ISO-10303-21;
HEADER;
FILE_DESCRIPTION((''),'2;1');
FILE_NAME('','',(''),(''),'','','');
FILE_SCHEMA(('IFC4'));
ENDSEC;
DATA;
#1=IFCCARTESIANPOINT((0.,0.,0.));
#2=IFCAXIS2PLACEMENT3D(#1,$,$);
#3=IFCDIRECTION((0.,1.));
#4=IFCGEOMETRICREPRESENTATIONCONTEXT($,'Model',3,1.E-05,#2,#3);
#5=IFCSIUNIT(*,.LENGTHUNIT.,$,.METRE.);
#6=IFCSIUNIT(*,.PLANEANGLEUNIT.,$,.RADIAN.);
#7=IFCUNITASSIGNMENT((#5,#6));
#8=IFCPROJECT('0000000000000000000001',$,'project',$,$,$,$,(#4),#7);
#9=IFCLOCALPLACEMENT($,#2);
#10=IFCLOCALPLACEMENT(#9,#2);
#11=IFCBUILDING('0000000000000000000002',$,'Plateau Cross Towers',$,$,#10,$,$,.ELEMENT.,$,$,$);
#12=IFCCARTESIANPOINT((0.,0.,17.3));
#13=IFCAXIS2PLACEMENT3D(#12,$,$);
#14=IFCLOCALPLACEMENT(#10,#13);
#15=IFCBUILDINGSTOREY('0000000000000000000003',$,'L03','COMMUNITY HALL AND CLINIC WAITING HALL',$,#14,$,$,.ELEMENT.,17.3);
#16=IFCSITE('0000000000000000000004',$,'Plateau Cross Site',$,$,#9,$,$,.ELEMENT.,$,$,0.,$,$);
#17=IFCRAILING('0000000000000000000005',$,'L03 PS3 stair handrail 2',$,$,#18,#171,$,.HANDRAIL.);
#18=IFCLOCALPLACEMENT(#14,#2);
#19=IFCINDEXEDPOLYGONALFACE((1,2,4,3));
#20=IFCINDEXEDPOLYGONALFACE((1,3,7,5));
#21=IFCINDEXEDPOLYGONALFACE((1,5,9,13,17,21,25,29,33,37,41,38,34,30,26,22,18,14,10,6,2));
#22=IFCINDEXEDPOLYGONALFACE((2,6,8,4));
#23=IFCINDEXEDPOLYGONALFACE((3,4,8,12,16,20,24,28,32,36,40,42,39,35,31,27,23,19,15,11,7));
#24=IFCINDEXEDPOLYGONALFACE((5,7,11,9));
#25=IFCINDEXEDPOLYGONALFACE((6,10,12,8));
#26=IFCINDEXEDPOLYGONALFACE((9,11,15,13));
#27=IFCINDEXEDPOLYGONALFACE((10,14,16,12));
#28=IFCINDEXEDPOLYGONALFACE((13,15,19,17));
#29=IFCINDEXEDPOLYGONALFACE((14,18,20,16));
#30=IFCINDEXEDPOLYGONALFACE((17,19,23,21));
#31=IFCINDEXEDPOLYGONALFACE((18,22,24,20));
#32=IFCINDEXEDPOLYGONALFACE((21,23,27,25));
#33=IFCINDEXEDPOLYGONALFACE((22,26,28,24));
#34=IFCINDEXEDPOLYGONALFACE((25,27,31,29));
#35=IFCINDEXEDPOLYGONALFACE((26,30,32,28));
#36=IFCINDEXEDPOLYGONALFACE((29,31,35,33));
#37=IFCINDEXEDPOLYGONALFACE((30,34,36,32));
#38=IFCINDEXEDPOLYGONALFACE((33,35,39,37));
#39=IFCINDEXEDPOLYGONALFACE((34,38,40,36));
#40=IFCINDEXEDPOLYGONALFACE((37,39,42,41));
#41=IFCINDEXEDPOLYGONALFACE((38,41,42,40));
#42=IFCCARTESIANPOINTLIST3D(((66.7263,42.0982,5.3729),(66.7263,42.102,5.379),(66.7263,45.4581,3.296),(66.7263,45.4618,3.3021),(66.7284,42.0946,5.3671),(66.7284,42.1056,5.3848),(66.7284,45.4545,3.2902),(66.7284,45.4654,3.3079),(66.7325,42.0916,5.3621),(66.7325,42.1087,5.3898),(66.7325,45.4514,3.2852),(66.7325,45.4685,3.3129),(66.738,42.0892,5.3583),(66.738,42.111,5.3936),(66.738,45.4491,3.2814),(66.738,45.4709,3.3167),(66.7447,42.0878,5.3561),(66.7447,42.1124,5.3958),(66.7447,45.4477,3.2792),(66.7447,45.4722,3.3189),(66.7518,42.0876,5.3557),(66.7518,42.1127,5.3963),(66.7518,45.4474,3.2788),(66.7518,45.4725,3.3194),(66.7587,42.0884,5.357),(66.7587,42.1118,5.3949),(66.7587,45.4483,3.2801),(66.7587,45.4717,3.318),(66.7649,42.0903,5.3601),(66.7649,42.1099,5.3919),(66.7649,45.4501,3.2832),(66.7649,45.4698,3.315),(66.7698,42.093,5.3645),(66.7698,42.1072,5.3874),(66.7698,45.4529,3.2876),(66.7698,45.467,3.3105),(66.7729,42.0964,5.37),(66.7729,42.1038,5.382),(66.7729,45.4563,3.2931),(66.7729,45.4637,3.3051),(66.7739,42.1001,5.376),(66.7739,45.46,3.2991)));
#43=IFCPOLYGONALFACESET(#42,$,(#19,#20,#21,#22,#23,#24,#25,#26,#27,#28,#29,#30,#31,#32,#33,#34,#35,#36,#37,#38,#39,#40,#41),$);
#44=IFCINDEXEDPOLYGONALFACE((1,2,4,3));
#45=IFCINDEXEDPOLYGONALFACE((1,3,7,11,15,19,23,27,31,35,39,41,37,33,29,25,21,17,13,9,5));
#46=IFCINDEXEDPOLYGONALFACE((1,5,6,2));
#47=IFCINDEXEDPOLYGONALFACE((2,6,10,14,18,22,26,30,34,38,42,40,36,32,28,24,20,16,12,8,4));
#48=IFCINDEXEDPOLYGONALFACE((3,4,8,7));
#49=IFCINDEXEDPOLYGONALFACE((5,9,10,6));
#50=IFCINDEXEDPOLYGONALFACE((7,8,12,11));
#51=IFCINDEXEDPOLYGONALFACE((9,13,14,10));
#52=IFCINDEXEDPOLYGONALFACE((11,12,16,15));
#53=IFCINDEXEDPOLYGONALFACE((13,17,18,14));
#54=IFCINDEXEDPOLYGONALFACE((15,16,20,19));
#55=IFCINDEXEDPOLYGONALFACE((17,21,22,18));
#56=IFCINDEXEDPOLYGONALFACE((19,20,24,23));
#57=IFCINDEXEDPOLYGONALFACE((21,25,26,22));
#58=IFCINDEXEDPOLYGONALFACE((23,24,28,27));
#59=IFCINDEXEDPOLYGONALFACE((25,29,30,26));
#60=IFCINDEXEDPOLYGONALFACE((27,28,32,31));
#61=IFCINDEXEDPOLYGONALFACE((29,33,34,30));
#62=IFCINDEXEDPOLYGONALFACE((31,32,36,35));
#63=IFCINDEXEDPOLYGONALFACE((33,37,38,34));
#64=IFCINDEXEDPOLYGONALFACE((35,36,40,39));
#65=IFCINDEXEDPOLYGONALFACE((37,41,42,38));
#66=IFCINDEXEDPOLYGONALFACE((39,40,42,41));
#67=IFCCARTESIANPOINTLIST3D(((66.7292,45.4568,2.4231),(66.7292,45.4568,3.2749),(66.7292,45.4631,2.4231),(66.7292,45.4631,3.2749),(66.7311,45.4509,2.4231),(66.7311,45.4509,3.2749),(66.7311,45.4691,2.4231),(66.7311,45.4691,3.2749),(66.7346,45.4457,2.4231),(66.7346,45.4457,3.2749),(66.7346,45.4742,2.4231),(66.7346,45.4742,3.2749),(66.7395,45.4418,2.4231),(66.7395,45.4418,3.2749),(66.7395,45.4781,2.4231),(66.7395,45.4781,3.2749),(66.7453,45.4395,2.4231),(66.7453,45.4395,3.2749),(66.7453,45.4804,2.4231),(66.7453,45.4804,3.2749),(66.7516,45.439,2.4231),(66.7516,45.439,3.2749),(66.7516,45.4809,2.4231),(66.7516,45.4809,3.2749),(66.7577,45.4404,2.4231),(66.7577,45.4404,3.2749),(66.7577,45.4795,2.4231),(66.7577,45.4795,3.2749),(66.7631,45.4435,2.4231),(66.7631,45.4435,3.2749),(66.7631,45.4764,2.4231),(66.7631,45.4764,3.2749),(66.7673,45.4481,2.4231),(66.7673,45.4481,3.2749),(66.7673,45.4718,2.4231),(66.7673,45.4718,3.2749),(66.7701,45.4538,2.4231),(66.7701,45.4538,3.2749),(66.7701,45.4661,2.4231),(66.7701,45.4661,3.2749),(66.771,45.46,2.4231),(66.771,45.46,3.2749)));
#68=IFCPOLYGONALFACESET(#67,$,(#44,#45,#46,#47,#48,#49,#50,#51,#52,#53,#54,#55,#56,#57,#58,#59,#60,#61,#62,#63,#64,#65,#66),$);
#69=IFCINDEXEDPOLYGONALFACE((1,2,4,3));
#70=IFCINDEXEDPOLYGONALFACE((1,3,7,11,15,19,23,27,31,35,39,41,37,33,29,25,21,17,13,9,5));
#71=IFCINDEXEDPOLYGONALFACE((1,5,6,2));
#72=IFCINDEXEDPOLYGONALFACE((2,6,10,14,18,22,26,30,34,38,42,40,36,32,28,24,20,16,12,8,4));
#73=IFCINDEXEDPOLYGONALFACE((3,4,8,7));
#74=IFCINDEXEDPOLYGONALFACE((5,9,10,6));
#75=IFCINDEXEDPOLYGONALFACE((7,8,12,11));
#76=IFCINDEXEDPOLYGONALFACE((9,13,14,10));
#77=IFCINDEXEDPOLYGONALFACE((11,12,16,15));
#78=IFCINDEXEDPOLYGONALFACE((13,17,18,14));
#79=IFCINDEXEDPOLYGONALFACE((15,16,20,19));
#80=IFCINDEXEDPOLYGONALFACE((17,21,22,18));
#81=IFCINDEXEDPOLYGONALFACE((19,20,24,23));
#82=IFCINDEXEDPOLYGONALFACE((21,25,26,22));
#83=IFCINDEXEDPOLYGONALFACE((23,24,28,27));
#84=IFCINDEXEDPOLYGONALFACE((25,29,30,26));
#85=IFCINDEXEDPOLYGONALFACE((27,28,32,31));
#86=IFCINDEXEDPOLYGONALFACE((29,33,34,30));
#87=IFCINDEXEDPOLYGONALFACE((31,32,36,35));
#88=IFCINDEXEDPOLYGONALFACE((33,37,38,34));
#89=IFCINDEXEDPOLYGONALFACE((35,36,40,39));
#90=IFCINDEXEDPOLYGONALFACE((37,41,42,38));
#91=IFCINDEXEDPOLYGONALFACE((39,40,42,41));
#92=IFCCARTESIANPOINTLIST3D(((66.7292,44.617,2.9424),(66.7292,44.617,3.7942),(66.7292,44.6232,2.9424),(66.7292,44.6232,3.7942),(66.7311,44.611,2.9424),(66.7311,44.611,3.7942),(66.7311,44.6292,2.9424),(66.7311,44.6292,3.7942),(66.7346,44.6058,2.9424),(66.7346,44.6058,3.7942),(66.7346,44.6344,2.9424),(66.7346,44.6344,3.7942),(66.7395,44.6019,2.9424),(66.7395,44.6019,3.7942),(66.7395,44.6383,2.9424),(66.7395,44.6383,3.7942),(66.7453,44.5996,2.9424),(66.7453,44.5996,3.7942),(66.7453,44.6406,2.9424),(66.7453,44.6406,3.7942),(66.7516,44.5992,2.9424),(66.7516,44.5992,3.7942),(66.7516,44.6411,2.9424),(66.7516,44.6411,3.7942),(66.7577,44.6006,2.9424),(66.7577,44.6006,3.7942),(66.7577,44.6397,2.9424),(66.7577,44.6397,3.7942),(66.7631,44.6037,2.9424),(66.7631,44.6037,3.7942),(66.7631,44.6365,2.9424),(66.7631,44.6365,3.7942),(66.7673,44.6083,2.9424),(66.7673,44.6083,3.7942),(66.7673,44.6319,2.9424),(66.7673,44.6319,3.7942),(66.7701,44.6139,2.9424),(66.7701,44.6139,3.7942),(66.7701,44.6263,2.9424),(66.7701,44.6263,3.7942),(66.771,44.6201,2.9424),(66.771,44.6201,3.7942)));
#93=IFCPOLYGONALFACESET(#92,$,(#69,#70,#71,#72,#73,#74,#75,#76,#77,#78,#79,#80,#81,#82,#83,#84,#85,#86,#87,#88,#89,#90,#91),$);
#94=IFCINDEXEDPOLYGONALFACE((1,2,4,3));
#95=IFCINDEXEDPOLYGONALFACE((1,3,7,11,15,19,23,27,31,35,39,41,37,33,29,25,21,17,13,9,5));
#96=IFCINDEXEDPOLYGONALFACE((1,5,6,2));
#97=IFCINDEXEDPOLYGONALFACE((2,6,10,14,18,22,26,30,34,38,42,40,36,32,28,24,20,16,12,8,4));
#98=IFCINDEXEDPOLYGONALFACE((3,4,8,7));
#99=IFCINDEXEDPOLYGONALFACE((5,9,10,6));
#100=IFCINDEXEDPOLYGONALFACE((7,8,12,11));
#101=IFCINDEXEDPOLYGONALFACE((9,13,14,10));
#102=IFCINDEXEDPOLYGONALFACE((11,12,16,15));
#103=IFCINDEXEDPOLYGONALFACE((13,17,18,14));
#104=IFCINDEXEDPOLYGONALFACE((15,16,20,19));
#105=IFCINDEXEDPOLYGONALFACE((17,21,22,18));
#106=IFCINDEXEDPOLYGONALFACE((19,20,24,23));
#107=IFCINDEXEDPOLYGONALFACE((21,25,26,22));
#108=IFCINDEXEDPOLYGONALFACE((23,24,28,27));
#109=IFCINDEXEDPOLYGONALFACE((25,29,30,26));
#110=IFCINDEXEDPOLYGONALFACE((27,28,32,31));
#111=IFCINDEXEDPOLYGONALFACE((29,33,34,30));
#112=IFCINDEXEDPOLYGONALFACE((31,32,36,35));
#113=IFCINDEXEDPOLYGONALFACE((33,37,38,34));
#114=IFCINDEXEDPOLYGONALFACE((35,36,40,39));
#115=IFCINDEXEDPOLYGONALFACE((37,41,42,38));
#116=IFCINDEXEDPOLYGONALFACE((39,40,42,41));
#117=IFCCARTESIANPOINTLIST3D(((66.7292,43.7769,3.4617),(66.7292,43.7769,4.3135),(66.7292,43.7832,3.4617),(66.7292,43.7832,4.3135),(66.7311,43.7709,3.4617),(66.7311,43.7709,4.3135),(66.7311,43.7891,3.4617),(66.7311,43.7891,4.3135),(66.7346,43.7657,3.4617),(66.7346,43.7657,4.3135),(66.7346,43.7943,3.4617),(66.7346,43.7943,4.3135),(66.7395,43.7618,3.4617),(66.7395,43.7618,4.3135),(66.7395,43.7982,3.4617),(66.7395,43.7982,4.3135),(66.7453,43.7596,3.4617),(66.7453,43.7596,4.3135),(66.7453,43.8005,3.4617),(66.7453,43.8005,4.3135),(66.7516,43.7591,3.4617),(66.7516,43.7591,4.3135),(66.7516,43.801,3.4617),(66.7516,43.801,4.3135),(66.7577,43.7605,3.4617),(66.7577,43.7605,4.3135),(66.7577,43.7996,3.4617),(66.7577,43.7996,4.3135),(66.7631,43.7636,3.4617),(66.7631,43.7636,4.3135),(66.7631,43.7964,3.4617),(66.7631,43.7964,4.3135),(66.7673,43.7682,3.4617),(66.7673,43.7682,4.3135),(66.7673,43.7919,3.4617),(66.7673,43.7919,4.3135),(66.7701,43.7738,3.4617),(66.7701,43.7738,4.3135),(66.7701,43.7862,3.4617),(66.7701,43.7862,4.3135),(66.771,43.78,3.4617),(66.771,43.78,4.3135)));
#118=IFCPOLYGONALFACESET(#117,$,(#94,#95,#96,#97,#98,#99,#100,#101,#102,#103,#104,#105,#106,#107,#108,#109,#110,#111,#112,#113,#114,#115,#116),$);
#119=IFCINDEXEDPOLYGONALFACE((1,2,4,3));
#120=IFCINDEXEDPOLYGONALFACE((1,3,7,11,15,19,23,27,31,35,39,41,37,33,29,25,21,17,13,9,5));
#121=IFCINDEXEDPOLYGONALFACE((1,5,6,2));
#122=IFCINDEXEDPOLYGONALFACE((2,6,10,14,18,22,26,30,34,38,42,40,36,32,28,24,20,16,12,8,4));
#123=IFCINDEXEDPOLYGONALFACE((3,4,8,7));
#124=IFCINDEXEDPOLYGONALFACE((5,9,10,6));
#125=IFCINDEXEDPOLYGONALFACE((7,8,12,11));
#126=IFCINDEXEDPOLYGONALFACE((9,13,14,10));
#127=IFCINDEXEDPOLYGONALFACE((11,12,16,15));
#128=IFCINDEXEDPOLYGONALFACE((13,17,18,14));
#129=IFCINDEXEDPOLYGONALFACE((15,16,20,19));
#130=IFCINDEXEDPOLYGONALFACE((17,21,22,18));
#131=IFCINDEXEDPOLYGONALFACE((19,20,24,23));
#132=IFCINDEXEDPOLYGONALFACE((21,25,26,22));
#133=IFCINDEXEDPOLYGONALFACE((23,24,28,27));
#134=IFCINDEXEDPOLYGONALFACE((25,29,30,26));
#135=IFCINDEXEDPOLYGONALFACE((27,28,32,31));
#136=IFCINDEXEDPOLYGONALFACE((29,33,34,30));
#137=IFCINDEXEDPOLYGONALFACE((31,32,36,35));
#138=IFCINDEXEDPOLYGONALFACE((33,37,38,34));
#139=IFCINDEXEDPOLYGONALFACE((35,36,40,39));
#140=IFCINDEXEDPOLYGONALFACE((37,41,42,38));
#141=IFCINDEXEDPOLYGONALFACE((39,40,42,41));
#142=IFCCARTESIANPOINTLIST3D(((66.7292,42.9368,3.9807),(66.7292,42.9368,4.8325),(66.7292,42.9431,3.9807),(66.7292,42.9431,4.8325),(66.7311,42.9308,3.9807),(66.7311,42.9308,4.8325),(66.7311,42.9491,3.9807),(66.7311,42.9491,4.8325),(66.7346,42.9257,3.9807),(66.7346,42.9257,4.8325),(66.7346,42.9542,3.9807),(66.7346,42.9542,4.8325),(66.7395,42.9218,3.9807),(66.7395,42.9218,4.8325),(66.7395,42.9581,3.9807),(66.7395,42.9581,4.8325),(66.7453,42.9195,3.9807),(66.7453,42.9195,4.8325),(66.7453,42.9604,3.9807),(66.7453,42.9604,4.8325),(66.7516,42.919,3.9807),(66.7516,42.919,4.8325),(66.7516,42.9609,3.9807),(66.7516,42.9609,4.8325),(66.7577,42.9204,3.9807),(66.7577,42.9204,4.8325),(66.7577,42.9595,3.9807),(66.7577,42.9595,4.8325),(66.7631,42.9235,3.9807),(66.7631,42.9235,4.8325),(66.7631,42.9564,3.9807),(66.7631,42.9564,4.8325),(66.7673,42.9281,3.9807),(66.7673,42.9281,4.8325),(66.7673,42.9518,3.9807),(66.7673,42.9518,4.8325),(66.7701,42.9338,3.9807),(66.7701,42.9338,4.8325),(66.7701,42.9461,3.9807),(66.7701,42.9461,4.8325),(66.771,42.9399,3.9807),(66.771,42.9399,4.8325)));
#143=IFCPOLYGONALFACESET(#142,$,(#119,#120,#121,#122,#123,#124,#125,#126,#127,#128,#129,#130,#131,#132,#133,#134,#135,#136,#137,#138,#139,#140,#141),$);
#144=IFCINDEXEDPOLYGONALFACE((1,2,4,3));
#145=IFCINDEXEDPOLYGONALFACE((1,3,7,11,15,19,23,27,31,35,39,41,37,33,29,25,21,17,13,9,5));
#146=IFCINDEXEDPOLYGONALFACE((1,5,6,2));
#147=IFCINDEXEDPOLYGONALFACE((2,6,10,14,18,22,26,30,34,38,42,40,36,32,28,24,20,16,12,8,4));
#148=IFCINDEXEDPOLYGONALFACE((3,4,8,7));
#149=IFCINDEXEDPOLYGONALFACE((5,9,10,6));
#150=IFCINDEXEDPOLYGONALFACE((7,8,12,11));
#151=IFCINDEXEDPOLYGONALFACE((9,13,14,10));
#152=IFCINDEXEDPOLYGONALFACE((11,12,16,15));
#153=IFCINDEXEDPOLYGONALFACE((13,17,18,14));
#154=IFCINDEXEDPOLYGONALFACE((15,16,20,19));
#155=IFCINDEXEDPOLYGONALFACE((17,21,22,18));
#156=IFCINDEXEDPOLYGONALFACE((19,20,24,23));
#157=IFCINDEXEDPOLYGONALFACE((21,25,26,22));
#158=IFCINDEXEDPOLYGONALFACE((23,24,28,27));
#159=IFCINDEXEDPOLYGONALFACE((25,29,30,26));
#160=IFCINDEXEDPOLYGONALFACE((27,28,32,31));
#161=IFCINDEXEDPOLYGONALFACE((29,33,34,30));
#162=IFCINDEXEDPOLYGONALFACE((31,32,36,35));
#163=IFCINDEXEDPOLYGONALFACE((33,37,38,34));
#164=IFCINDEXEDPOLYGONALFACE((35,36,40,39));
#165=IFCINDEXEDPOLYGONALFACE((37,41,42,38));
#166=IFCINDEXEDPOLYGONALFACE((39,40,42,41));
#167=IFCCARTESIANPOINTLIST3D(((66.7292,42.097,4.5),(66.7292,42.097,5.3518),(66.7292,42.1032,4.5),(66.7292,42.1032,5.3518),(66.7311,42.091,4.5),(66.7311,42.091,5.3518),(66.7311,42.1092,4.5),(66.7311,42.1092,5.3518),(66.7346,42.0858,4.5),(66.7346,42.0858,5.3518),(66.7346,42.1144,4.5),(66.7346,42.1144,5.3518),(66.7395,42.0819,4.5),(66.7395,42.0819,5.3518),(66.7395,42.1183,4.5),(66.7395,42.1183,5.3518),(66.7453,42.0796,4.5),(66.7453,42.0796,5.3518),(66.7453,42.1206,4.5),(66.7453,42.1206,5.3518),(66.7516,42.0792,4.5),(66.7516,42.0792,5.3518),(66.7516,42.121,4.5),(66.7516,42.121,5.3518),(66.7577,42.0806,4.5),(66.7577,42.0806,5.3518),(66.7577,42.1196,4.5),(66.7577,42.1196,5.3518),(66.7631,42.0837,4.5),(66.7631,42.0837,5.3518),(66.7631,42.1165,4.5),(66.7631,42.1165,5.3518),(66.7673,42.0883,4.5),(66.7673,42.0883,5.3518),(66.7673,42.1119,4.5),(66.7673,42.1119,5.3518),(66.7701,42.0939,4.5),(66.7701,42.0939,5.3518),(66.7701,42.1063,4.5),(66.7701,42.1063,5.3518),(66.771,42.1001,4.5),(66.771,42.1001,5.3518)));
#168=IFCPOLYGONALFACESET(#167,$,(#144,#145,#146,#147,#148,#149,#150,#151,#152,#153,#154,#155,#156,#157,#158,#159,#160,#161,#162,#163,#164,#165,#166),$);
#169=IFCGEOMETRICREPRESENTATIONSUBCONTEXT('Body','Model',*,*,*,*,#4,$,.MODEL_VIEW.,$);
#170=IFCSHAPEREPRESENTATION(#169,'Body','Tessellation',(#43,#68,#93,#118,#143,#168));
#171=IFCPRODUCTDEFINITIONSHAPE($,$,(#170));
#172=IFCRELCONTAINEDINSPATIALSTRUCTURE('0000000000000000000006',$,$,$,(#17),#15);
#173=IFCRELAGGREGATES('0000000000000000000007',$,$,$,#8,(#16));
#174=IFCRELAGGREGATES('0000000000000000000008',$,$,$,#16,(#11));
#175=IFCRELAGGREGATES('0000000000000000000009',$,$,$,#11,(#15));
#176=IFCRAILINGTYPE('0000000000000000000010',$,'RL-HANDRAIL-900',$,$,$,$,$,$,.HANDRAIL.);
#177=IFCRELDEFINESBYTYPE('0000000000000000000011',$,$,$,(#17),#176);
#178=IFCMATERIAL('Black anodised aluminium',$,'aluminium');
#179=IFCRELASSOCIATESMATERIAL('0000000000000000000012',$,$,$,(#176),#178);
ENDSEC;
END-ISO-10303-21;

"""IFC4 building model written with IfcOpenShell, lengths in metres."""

from ifc_helpers import new_model, si_unit, direction, frame, origin, origin_2d, place, context, subcontext, project, spatial, circle, extrude, material, type_object, element, save


model = new_model("IFC4")

# Units and contexts
model_context = context("Model", 3, precision=1e-05, world=origin(), true_north=direction((0.0, 1.0)))
body_context = subcontext(model_context, "Body", "Model", "MODEL_VIEW")
ifc_project = project(units=[si_unit("LENGTHUNIT", "METRE"), si_unit("PLANEANGLEUNIT", "RADIAN")], contexts=[model_context])

# Site, building, storey
site_placement = place(None, origin())
site = spatial("IfcSite", under=ifc_project, at=site_placement, Name="Plateau Cross Site", CompositionType="ELEMENT", RefElevation=0.0)
building_placement = place(site_placement, origin())
building = spatial("IfcBuilding", under=site, at=building_placement, Name="Plateau Cross Towers", CompositionType="ELEMENT")
storey_placement = place(building_placement, frame((0.0, 0.0, 17.3)))
storey = spatial("IfcBuildingStorey", under=building, at=storey_placement, Name="L03", Description="COMMUNITY HALL AND CLINIC WAITING HALL", CompositionType="ELEMENT", Elevation=17.3)

# Shared definitions
ifc_material_1 = material(Name="Black anodised aluminium", Category="aluminium")

# Railing
railing_type_1 = type_object("IfcRailingType", Name="RL-HANDRAIL-900", PredefinedType="HANDRAIL", material=ifc_material_1)
railing_1_placement = place(storey_placement, frame((66.75, 45.46, 2.4231)))
element("IfcRailing", 1, at=railing_1_placement, inside=storey, type_object=railing_type_1, Name="L03 PS3 stair handrail 2", PredefinedType="HANDRAIL", context=body_context, shape_type="SweptSolid", body=[
    extrude(circle(Radius=0.0239, at=origin_2d()), frame((0.0, 0.0, 0.876), z_axis=(0.0, -0.850606, 0.525803), x_axis=(1.0, 0.0, 0.0)), (0.0, 0.0, 1.0), 3.95),
    extrude(circle(Radius=0.021, at=origin_2d()), origin(), (0.0, 0.0, 1.0), 0.8518),
    extrude(circle(Radius=0.021, at=origin_2d()), frame((0.0, -0.8398, 0.5193)), (0.0, 0.0, 1.0), 0.8518),
    extrude(circle(Radius=0.021, at=origin_2d()), frame((0.0, -1.6799, 1.0386)), (0.0, 0.0, 1.0), 0.8518),
    extrude(circle(Radius=0.021, at=origin_2d()), frame((0.0, -2.52, 1.5576)), (0.0, 0.0, 1.0), 0.8518),
    extrude(circle(Radius=0.021, at=origin_2d()), frame((0.0, -3.3599, 2.0769)), (0.0, 0.0, 1.0), 0.8518),
])

save(model, "model.ifc")
